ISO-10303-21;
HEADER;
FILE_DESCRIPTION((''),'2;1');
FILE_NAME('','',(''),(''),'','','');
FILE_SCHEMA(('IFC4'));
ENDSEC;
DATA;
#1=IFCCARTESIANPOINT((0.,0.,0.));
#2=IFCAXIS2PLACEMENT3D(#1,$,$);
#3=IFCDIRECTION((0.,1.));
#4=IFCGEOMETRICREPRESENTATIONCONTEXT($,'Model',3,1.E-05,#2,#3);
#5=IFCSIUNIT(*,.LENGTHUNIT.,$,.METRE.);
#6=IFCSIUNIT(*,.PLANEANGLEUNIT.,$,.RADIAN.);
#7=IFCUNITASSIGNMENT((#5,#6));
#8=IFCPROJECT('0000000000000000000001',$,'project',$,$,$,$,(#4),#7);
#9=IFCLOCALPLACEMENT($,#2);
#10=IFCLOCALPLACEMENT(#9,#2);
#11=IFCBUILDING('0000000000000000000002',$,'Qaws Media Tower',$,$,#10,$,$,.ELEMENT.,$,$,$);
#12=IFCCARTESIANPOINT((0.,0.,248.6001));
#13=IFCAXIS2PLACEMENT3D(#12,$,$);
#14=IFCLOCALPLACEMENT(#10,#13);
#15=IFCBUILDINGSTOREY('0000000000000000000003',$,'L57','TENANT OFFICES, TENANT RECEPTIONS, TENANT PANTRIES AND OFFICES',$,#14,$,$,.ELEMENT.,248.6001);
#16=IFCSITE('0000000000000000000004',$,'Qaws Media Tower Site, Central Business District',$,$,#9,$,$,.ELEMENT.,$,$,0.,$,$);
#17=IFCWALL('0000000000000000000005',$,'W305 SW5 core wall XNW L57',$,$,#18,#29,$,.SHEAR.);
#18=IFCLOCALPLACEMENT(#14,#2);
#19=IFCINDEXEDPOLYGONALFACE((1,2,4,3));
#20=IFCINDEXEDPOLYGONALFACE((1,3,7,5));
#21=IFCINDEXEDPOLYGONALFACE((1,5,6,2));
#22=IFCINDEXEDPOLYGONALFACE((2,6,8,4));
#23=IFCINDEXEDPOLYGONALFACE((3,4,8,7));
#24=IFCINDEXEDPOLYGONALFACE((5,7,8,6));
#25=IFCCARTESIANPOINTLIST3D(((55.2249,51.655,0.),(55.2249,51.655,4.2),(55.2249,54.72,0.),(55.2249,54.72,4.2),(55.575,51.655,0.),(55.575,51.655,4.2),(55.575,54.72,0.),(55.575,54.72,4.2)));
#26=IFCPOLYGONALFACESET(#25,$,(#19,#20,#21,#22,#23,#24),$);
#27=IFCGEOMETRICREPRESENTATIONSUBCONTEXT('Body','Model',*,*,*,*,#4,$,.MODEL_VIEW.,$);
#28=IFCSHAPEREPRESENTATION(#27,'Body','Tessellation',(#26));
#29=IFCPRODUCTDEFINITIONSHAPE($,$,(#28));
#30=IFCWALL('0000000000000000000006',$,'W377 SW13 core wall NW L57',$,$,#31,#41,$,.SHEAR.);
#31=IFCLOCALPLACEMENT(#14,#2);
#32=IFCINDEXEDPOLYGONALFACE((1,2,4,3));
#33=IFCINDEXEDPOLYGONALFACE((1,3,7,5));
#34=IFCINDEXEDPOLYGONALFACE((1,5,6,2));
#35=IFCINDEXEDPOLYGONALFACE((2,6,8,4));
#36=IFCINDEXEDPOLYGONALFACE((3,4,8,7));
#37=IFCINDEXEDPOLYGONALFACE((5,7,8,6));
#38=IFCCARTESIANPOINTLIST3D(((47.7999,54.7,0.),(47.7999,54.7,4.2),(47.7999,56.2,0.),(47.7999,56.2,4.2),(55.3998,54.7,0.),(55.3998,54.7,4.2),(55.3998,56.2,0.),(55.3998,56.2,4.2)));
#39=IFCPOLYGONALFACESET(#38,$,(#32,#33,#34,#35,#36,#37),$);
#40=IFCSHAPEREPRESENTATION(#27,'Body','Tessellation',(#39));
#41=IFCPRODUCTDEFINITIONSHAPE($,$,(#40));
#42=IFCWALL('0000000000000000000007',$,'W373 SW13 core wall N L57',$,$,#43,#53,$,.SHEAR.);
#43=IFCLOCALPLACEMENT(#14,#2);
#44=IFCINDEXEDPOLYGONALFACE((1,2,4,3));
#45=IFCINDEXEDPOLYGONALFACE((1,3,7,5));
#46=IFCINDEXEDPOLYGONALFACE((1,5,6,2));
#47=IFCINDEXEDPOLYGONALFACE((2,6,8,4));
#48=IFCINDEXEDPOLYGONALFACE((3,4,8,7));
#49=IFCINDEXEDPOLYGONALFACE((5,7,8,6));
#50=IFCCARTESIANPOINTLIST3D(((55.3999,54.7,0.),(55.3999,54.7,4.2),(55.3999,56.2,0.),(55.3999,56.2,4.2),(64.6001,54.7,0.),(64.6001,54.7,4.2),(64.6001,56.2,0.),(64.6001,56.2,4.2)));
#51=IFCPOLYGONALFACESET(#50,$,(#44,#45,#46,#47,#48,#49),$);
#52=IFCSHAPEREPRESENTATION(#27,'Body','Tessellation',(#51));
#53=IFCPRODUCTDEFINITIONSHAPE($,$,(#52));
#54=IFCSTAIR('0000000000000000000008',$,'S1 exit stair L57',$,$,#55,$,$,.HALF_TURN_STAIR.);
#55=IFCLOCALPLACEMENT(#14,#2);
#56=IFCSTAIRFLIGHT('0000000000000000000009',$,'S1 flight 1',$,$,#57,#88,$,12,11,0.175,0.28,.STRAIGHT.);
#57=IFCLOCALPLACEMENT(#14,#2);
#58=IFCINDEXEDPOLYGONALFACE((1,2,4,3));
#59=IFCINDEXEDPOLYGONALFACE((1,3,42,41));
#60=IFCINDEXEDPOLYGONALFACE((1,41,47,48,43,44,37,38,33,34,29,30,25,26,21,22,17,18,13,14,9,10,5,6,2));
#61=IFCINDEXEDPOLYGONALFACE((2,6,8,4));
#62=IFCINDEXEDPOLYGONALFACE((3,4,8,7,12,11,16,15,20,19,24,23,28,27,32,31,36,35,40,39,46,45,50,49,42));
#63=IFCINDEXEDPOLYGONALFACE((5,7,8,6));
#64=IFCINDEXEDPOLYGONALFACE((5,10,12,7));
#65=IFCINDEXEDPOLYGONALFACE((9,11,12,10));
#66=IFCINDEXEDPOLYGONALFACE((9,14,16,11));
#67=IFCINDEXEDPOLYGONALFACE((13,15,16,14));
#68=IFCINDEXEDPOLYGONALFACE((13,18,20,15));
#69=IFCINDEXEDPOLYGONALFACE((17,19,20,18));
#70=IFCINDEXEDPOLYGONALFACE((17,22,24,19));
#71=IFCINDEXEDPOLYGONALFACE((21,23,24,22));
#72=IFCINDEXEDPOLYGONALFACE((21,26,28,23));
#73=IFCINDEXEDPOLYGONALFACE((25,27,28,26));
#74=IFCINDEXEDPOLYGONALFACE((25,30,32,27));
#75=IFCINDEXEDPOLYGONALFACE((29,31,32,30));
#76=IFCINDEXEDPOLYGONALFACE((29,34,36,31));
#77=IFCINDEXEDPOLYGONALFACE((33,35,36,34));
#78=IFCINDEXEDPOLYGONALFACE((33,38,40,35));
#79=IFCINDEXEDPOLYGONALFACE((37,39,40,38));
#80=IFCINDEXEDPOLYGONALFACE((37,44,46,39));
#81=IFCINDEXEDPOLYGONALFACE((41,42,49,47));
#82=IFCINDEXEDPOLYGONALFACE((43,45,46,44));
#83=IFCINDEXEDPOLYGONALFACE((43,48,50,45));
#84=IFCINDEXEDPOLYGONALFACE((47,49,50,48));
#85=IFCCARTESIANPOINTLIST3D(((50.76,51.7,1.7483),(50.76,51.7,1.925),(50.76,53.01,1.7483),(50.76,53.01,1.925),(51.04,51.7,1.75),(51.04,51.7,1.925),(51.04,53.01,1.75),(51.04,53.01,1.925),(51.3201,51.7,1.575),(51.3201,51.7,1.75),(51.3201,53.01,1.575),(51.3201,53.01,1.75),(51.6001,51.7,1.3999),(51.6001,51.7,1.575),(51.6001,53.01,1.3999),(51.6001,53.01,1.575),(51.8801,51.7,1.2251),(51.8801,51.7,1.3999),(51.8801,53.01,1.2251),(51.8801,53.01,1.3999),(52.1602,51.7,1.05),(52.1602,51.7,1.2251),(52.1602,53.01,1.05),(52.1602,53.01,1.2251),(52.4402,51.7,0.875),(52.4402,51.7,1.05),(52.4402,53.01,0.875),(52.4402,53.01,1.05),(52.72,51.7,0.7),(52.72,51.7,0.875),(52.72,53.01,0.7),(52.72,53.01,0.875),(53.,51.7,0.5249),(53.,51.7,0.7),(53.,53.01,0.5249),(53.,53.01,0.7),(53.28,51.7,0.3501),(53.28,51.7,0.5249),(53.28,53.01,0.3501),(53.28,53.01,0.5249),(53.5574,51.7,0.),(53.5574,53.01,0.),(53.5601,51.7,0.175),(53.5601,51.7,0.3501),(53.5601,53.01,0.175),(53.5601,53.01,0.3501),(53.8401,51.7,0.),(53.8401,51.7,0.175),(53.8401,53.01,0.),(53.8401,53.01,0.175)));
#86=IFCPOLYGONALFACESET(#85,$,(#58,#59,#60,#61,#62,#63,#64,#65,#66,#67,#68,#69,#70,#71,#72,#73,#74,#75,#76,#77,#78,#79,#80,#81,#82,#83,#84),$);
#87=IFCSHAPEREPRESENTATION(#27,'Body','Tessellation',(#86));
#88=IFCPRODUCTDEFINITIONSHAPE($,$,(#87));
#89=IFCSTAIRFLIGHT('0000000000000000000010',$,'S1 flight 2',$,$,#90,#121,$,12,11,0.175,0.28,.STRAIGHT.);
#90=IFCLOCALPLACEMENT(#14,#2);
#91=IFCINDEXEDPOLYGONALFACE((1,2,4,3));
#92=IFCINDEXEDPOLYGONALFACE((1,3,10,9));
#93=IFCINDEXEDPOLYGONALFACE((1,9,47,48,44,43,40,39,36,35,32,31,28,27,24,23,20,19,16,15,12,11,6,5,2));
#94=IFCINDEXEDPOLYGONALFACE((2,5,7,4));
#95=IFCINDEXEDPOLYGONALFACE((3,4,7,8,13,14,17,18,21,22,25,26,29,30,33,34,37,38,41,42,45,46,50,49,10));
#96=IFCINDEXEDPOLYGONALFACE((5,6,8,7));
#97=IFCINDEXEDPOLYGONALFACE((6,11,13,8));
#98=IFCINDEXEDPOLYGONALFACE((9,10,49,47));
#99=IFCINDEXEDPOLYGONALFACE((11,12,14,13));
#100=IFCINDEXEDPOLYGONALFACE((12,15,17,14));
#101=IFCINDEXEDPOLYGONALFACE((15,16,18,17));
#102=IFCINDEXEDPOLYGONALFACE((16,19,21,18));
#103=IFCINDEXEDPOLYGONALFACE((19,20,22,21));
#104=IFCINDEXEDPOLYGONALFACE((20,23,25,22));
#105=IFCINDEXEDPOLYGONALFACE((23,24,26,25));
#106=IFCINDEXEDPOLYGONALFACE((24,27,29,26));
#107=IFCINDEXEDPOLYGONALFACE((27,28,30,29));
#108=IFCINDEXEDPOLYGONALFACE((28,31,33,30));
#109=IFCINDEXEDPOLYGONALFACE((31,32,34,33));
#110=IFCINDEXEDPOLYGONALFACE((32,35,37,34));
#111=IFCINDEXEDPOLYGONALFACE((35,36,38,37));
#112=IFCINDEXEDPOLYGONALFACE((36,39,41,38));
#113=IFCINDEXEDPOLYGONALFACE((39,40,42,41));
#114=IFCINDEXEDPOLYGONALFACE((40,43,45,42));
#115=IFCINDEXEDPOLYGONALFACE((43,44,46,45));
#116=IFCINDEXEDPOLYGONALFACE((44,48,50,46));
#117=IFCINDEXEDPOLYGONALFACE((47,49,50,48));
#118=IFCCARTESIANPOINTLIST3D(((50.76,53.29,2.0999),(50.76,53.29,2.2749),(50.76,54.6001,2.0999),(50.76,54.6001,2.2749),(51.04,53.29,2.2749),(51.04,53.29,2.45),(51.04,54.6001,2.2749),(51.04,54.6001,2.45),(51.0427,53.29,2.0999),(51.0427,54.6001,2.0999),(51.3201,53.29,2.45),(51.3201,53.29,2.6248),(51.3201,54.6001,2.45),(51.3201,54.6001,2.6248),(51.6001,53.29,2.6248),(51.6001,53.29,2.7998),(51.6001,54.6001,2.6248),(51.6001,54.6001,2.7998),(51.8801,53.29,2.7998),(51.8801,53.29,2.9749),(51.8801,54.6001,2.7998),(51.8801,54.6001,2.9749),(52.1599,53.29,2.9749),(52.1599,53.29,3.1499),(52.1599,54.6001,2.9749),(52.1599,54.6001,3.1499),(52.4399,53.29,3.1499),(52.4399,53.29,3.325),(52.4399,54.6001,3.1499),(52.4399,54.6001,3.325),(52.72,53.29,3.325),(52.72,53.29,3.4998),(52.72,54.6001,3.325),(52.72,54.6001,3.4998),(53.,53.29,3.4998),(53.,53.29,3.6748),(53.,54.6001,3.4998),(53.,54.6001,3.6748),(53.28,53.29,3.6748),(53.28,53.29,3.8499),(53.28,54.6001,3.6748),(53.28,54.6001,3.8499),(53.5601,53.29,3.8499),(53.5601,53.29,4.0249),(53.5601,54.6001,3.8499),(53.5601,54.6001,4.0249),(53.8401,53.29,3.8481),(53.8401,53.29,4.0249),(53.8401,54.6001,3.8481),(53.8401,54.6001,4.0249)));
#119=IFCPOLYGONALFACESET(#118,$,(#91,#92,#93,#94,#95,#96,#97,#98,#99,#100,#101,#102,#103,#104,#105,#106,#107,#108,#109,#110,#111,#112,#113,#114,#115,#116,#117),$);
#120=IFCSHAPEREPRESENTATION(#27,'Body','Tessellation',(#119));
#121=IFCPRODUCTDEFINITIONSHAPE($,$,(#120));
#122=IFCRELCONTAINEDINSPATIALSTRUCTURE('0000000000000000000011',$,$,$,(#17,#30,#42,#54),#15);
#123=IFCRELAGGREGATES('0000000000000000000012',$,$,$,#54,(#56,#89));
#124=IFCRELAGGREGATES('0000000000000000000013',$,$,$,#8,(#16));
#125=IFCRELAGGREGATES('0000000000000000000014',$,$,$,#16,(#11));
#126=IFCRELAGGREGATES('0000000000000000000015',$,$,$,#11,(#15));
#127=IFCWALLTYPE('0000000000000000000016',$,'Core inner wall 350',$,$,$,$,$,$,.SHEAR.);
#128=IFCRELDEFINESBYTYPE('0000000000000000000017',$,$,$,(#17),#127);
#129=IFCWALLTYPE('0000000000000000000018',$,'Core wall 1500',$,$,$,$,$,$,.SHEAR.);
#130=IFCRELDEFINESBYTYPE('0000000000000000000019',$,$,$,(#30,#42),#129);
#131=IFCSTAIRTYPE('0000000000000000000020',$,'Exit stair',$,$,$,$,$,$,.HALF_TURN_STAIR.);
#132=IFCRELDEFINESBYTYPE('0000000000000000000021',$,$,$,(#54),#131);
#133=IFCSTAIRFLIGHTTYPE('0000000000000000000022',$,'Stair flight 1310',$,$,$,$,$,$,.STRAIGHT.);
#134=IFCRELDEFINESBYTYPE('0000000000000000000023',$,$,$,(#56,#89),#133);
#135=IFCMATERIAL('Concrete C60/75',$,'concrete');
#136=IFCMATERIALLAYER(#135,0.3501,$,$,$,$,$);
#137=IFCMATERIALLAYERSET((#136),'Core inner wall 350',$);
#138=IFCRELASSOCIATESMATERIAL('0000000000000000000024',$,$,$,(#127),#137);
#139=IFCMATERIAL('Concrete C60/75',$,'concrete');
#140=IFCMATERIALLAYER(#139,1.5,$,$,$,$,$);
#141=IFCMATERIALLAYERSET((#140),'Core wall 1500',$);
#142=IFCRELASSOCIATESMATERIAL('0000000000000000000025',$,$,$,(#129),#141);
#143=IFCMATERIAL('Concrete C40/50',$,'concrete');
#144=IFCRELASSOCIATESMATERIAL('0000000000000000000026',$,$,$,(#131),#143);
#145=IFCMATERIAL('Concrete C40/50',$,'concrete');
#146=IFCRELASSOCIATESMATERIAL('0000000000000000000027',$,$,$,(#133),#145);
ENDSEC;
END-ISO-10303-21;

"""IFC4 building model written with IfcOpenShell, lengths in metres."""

from ifc_helpers import new_model, si_unit, direction, frame, frame_2d, origin, place, context, subcontext, project, spatial, polyline, rectangle, outline, extrude, material, layer, layer_set, type_object, element, aggregate, save


model = new_model("IFC4")

# Units and contexts
model_context = context("Model", 3, precision=1e-05, world=origin(), true_north=direction((0.0, 1.0)))
body_context = subcontext(model_context, "Body", "Model", "MODEL_VIEW")
ifc_project = project(units=[si_unit("LENGTHUNIT", "METRE"), si_unit("PLANEANGLEUNIT", "RADIAN")], contexts=[model_context])

# Site, building, storey
site_placement = place(None, origin())
site = spatial("IfcSite", under=ifc_project, at=site_placement, Name="Qaws Media Tower Site, Central Business District", CompositionType="ELEMENT", RefElevation=0.0)
building_placement = place(site_placement, origin())
building = spatial("IfcBuilding", under=site, at=building_placement, Name="Qaws Media Tower", CompositionType="ELEMENT")
storey_placement = place(building_placement, frame((0.0, 0.0, 248.6001)))
storey = spatial("IfcBuildingStorey", under=building, at=storey_placement, Name="L57", Description="TENANT OFFICES, TENANT RECEPTIONS, TENANT PANTRIES AND OFFICES", CompositionType="ELEMENT", Elevation=248.6001)

# Shared definitions
ifc_material_1 = material(Name="Concrete C60/75", Category="concrete")
ifc_layer_1 = layer(ifc_material_1, 0.3501)
ifc_layer_set_1 = layer_set([ifc_layer_1], Name="Core inner wall 350")
wall_type_1 = type_object("IfcWallType", Name="Core inner wall 350", PredefinedType="SHEAR", material=ifc_layer_set_1)

# Walls
wall_1_placement = place(storey_placement, frame((55.3999, 51.655, 0.0), z_axis=(0.0, 0.0, 1.0), x_axis=(0.0, 1.0, 0.0)))
element("IfcWall", 1, at=wall_1_placement, inside=storey, type_object=wall_type_1, Name="W305 SW5 core wall XNW L57", PredefinedType="SHEAR", context=body_context, shape_type="SweptSolid", body=[
    extrude(rectangle(XDim=3.0649, YDim=0.3501, at=frame_2d((1.5325, 0.0))), origin(), (0.0, 0.0, 1.0), 4.2),
])
ifc_material_2 = material(Name="Concrete C60/75", Category="concrete")
ifc_layer_2 = layer(ifc_material_2, 1.5)
ifc_layer_set_2 = layer_set([ifc_layer_2], Name="Core wall 1500")
wall_type_2 = type_object("IfcWallType", Name="Core wall 1500", PredefinedType="SHEAR", material=ifc_layer_set_2)
wall_2_placement = place(storey_placement, frame((47.8, 55.45, 0.0), z_axis=(0.0, 0.0, 1.0), x_axis=(1.0, 0.0, 0.0)))
element("IfcWall", 2, at=wall_2_placement, inside=storey, type_object=wall_type_2, Name="W377 SW13 core wall NW L57", PredefinedType="SHEAR", context=body_context, shape_type="SweptSolid", body=[
    extrude(rectangle(XDim=7.5999, YDim=1.5, at=frame_2d((3.7998, 0.0))), origin(), (0.0, 0.0, 1.0), 4.2),
])
wall_3_placement = place(storey_placement, frame((55.3999, 55.45, 0.0), z_axis=(0.0, 0.0, 1.0), x_axis=(1.0, 0.0, 0.0)))
element("IfcWall", 3, at=wall_3_placement, inside=storey, type_object=wall_type_2, Name="W373 SW13 core wall N L57", PredefinedType="SHEAR", context=body_context, shape_type="SweptSolid", body=[
    extrude(rectangle(XDim=9.2002, YDim=1.5, at=frame_2d((4.6001, 0.0))), origin(), (0.0, 0.0, 1.0), 4.2),
])

# Stair, stair flights
ifc_material_3 = material(Name="Concrete C40/50", Category="concrete")
stair_type = type_object("IfcStairType", Name="Exit stair", PredefinedType="HALF_TURN_STAIR", material=ifc_material_3)
stair_placement = place(storey_placement, origin())
stair = element("IfcStair", 4, at=stair_placement, inside=storey, type_object=stair_type, Name="S1 exit stair L57", PredefinedType="HALF_TURN_STAIR")
ifc_material_4 = material(Name="Concrete C40/50", Category="concrete")
stair_flight_type = type_object("IfcStairFlightType", Name="Stair flight 1310", PredefinedType="STRAIGHT", material=ifc_material_4)
stair_flight_1_placement = place(storey_placement, frame((53.8401, 52.355, 0.0), z_axis=(0.0, 0.0, 1.0), x_axis=(-1.0, 0.0, 0.0)))
stair_flight_1 = element("IfcStairFlight", 5, at=stair_flight_1_placement, type_object=stair_flight_type, Name="S1 flight 1", NumberOfRisers=12, NumberOfTreads=11, PredefinedType="STRAIGHT", RiserHeight=0.175, TreadLength=0.28, context=body_context, shape_type="SweptSolid", body=[
    extrude(outline(polyline([(0.0, 0.0), (0.0, 0.175), (0.28, 0.175), (0.28, 0.3501), (0.5601, 0.3501), (0.5601, 0.5249), (0.8401, 0.5249), (0.8401, 0.7), (1.1201, 0.7), (1.1201, 0.875), (1.3999, 0.875), (1.3999, 1.05), (1.6799, 1.05), (1.6799, 1.2251), (1.96, 1.2251), (1.96, 1.3999), (2.24, 1.3999), (2.24, 1.575), (2.52, 1.575), (2.52, 1.75), (2.8, 1.75), (2.8, 1.925), (3.0801, 1.925), (3.0801, 2.1001), (3.0801, 1.7483), (0.2827, 0.0), (0.0, 0.0)])), frame((0.0, 0.655, 0.0), z_axis=(0.0, -1.0, 0.0), x_axis=(1.0, 0.0, 0.0)), (0.0, 0.0, 1.0), 1.3101),
])
stair_flight_2_placement = place(storey_placement, frame((50.76, 53.9451, 2.0999), z_axis=(0.0, 0.0, 1.0), x_axis=(1.0, 0.0, 0.0)))
stair_flight_2 = element("IfcStairFlight", 6, at=stair_flight_2_placement, type_object=stair_flight_type, Name="S1 flight 2", NumberOfRisers=12, NumberOfTreads=11, PredefinedType="STRAIGHT", RiserHeight=0.175, TreadLength=0.28, context=body_context, shape_type="SweptSolid", body=[
    extrude(outline(polyline([(0.0, 0.0), (0.0, 0.175), (0.28, 0.175), (0.28, 0.3501), (0.5601, 0.3501), (0.5601, 0.5249), (0.8401, 0.5249), (0.8401, 0.7), (1.1201, 0.7), (1.1201, 0.875), (1.3999, 0.875), (1.3999, 1.05), (1.6799, 1.05), (1.6799, 1.2251), (1.96, 1.2251), (1.96, 1.3999), (2.24, 1.3999), (2.24, 1.575), (2.52, 1.575), (2.52, 1.75), (2.8, 1.75), (2.8, 1.925), (3.0801, 1.925), (3.0801, 2.1001), (3.0801, 1.7483), (0.2827, 0.0), (0.0, 0.0)])), frame((0.0, 0.655, 0.0), z_axis=(0.0, -1.0, 0.0), x_axis=(1.0, 0.0, 0.0)), (0.0, 0.0, 1.0), 1.3101),
])
aggregate(stair, [stair_flight_1, stair_flight_2])

save(model, "model.ifc")
